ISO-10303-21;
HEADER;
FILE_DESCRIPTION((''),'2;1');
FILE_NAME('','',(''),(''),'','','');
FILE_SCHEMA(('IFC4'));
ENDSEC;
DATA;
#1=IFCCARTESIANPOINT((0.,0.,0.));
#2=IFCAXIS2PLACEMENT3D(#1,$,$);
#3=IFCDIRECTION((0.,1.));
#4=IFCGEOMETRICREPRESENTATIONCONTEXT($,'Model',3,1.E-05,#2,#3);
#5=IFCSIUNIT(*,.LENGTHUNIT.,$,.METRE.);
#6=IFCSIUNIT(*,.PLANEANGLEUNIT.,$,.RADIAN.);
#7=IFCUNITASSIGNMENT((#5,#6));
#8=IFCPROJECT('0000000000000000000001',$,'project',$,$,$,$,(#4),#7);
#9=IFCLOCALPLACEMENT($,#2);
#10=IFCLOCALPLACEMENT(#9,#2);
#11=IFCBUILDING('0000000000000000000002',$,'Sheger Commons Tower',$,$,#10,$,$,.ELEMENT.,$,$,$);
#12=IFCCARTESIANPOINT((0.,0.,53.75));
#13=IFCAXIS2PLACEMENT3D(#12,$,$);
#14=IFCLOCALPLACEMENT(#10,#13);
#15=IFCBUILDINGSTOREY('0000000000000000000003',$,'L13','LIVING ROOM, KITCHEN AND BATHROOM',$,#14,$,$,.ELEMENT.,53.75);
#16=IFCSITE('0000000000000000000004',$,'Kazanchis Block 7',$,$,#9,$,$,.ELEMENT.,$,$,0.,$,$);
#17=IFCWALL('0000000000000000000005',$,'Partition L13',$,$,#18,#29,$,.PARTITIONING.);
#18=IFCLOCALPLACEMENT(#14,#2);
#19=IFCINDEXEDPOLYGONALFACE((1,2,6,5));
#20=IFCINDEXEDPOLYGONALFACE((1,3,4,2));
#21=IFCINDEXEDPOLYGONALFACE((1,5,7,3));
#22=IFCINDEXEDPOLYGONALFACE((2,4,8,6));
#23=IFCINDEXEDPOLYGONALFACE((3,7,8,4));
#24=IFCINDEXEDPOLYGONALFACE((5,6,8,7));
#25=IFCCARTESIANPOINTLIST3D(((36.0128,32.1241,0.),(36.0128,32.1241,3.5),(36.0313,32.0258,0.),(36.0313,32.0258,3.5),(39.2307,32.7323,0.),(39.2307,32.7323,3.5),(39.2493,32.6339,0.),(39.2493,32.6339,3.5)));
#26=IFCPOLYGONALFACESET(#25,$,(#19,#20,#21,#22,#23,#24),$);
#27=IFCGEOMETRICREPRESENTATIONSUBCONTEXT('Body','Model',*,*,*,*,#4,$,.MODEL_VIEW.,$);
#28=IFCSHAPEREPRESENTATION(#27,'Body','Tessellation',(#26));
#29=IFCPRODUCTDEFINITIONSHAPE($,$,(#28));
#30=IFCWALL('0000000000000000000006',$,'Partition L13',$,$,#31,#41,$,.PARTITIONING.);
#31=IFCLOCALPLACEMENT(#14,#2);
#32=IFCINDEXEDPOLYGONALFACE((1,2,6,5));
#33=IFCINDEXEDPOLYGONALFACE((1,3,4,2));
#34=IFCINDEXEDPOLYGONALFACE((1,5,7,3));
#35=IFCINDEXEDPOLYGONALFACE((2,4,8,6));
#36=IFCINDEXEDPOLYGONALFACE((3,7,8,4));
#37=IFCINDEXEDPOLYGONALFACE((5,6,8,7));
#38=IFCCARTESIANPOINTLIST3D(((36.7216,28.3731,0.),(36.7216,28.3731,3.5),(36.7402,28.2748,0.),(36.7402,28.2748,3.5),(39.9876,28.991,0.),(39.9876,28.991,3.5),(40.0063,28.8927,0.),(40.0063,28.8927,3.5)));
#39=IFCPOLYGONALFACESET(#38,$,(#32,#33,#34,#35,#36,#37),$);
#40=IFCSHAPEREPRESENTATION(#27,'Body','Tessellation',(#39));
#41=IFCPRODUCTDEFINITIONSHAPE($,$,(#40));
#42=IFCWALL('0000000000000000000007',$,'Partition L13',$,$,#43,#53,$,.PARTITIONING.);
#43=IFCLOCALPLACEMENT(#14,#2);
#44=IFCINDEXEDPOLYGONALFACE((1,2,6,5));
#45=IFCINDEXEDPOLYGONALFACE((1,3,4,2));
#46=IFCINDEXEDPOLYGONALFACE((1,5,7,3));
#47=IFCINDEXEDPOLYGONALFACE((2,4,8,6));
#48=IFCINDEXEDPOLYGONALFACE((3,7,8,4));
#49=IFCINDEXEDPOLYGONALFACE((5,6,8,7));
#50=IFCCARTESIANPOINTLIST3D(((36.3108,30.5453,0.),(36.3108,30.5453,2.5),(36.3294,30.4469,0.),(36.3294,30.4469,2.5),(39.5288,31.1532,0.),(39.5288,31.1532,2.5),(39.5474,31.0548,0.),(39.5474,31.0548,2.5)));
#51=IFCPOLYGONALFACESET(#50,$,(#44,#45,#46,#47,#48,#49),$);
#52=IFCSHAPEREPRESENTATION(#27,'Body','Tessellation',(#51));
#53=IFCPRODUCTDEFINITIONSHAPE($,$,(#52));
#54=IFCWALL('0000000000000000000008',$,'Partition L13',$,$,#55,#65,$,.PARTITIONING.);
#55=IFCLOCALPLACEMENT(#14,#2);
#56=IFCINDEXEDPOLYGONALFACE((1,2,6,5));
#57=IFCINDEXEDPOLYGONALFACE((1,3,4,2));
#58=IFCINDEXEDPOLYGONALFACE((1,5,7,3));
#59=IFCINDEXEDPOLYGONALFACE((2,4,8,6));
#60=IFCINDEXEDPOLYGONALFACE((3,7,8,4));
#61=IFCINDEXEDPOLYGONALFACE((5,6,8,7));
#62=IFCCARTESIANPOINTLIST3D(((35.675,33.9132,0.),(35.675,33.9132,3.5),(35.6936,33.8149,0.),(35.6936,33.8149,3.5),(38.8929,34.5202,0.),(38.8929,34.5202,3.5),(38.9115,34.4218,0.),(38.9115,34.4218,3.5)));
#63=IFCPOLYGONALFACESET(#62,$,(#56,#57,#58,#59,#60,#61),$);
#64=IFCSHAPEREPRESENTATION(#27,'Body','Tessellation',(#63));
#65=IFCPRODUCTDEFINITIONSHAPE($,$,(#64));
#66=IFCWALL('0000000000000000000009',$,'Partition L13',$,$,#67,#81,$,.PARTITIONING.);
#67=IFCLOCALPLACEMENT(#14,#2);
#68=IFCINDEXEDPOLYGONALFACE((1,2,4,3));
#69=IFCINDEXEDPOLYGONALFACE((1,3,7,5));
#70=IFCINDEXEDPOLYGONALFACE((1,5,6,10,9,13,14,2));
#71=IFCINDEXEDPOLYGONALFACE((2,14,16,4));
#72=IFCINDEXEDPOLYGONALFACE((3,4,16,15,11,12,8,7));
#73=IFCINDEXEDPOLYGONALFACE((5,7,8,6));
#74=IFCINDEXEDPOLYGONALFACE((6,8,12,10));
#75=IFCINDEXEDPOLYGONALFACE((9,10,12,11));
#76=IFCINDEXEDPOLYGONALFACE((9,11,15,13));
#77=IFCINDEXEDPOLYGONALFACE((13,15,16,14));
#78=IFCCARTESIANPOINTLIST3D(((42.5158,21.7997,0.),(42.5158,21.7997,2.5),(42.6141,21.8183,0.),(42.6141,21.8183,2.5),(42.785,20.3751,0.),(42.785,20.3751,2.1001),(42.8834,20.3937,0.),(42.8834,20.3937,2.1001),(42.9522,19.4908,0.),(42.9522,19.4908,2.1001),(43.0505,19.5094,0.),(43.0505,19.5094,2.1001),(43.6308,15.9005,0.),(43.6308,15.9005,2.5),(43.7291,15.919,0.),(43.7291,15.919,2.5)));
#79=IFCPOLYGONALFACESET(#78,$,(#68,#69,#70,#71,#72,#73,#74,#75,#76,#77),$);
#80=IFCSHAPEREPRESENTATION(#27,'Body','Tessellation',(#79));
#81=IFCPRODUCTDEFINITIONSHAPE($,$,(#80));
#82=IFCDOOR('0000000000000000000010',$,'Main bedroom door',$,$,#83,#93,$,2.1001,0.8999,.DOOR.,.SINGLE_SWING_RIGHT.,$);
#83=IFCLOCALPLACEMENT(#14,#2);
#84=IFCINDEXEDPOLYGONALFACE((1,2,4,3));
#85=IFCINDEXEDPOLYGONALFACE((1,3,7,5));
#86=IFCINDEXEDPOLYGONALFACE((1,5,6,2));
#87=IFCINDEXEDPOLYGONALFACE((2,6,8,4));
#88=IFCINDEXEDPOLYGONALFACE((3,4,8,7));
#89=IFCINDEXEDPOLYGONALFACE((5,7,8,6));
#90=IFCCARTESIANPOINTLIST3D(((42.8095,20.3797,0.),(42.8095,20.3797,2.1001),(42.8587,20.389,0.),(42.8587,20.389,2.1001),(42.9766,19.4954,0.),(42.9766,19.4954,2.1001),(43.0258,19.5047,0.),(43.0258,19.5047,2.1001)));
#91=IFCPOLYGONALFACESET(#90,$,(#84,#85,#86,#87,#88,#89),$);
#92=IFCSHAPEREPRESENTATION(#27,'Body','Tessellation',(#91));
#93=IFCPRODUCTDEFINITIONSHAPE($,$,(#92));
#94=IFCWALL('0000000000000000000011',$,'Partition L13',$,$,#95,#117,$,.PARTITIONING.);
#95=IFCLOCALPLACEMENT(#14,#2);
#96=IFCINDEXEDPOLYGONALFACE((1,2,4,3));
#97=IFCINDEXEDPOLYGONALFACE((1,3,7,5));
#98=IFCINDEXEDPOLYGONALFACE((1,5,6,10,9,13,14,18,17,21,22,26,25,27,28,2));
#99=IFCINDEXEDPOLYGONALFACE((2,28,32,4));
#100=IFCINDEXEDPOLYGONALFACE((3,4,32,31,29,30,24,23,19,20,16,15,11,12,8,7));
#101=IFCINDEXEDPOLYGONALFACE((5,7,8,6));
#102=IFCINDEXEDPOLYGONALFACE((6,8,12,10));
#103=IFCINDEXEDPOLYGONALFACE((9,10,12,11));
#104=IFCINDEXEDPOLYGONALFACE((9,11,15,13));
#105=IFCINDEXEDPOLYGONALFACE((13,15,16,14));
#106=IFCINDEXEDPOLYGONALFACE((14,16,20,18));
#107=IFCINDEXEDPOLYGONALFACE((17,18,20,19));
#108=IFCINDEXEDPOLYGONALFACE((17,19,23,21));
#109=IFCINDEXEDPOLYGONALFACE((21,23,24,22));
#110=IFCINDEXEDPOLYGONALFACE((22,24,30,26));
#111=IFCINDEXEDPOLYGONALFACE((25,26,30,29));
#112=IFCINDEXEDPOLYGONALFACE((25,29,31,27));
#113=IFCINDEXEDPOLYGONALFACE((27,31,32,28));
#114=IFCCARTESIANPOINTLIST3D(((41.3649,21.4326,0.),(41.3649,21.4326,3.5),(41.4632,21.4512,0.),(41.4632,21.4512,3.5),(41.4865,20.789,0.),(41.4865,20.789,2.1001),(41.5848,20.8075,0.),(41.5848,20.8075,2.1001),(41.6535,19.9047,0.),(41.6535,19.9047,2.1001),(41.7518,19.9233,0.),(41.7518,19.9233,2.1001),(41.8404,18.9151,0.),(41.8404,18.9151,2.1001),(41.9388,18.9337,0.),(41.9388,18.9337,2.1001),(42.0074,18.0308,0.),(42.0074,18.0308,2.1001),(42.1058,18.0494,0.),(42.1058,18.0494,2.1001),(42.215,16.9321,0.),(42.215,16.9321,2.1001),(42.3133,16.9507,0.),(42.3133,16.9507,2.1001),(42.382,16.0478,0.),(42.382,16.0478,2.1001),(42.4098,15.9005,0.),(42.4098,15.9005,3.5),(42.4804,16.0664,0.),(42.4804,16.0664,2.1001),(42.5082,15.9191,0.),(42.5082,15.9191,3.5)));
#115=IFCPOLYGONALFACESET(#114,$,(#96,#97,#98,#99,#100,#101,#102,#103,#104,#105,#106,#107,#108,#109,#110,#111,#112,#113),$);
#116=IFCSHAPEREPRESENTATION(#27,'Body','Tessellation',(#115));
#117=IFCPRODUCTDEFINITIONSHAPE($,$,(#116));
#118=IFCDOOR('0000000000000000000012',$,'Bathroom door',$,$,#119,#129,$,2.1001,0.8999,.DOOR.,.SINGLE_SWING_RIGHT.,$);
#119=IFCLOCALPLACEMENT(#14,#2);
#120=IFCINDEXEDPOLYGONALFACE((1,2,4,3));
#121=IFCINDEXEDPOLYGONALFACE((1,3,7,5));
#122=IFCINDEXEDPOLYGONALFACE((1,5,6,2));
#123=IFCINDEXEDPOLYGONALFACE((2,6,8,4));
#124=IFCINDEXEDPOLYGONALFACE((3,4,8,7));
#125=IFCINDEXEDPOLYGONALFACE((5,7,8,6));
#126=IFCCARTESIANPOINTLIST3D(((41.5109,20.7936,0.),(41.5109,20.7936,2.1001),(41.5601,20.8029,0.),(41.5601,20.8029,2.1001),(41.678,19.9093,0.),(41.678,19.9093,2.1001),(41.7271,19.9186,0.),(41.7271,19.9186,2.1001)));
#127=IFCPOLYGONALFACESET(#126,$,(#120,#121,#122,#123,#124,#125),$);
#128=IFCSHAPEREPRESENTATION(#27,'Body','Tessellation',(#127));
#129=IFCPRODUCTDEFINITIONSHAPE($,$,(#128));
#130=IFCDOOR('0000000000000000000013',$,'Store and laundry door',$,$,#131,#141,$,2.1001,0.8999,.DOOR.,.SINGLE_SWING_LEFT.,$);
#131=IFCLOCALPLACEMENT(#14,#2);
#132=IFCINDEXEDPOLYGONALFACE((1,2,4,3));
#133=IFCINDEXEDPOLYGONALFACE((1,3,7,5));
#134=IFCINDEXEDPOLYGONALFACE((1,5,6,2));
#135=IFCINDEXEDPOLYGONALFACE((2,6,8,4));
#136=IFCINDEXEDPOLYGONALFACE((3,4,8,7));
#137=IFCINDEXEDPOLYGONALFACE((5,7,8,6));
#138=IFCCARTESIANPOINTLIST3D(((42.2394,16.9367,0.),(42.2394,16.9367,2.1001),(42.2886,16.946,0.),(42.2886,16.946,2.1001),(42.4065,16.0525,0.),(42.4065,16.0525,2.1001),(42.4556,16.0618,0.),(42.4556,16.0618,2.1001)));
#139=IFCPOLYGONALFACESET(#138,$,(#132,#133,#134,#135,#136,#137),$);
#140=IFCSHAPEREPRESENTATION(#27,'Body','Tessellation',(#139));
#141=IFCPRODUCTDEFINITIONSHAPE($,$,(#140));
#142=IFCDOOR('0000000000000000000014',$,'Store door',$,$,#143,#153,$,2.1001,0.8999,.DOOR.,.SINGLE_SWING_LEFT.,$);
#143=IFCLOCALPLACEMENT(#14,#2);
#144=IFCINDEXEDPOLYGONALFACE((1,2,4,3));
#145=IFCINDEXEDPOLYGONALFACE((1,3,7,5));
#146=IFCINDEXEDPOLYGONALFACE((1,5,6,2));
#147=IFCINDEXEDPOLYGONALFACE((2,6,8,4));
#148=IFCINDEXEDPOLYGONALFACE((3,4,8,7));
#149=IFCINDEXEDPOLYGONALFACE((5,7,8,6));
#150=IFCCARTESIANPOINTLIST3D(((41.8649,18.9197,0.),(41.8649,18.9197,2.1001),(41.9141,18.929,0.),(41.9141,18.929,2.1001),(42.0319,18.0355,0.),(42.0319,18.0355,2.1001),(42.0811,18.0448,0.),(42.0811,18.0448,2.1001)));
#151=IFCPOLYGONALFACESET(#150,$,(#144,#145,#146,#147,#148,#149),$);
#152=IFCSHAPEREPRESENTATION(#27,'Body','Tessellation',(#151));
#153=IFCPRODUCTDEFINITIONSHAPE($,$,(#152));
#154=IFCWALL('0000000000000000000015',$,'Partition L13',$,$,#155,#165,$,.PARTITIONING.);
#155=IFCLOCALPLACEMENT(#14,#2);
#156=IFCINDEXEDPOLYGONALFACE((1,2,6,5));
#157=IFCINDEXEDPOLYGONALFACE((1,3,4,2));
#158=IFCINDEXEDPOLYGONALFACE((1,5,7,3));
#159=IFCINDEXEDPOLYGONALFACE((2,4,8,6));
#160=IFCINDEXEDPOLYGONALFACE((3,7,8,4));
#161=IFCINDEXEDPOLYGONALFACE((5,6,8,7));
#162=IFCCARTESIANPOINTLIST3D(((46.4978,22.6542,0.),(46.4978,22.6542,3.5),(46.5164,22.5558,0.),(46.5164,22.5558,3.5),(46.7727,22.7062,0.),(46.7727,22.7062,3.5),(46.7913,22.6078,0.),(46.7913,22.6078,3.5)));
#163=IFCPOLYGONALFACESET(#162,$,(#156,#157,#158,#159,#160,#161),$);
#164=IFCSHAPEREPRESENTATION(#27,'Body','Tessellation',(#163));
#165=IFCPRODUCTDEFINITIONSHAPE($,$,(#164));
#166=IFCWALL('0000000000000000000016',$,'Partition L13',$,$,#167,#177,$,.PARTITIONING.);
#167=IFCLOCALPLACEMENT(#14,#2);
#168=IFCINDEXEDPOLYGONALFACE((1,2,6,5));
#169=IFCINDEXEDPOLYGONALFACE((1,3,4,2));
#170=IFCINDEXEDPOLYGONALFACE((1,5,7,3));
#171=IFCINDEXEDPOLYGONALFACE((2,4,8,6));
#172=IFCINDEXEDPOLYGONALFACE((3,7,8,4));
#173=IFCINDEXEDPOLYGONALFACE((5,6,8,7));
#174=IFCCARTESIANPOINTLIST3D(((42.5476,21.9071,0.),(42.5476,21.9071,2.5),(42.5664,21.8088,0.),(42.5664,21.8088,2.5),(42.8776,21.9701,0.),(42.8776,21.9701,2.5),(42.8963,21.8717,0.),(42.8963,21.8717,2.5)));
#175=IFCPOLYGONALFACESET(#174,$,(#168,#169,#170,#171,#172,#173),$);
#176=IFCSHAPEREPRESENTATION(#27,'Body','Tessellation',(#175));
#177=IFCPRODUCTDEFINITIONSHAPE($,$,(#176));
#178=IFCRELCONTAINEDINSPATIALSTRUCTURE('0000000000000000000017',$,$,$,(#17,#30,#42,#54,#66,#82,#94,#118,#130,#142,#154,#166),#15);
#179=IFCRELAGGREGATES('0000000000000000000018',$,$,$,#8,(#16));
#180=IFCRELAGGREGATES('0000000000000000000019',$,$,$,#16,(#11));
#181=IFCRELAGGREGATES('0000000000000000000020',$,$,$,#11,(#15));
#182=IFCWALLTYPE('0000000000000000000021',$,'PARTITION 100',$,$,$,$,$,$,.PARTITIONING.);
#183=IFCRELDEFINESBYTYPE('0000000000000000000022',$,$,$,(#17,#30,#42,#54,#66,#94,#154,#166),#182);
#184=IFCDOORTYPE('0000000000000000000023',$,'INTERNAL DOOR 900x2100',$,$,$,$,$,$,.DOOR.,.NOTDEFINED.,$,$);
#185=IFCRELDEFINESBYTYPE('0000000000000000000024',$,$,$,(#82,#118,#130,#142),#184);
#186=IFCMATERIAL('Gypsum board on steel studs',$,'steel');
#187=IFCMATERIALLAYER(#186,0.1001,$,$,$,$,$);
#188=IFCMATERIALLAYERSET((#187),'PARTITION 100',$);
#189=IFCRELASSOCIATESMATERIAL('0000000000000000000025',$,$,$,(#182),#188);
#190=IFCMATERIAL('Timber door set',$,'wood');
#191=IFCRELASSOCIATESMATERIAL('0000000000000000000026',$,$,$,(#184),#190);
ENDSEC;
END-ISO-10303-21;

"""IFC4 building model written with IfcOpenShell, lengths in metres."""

from ifc_helpers import new_model, si_unit, direction, frame, frame_2d, origin, place, context, subcontext, project, spatial, rectangle, extrude, material, layer, layer_set, type_object, element, fill, save


model = new_model("IFC4")

# Units and contexts
model_context = context("Model", 3, precision=1e-05, world=origin(), true_north=direction((0.0, 1.0)))
body_context = subcontext(model_context, "Body", "Model", "MODEL_VIEW")
ifc_project = project(units=[si_unit("LENGTHUNIT", "METRE"), si_unit("PLANEANGLEUNIT", "RADIAN")], contexts=[model_context])

# Site, building, storey
site_placement = place(None, origin())
site = spatial("IfcSite", under=ifc_project, at=site_placement, Name="Kazanchis Block 7", CompositionType="ELEMENT", RefElevation=0.0)
building_placement = place(site_placement, origin())
building = spatial("IfcBuilding", under=site, at=building_placement, Name="Sheger Commons Tower", CompositionType="ELEMENT")
storey_placement = place(building_placement, frame((0.0, 0.0, 53.75)))
storey = spatial("IfcBuildingStorey", under=building, at=storey_placement, Name="L13", Description="LIVING ROOM, KITCHEN AND BATHROOM", CompositionType="ELEMENT", Elevation=53.75)

# Walls
ifc_material_1 = material(Name="Gypsum board on steel studs", Category="steel")
ifc_layer_1 = layer(ifc_material_1, 0.1001)
ifc_layer_set_1 = layer_set([ifc_layer_1], Name="PARTITION 100")
wall_type_1 = type_object("IfcWallType", Name="PARTITION 100", PredefinedType="PARTITIONING", material=ifc_layer_set_1)
wall_1_placement = place(storey_placement, frame((39.24, 32.6831, 0.0), z_axis=(0.0, 0.0, 1.0), x_axis=(-0.982607, -0.185697, 0.0)))
element("IfcWall", 1, at=wall_1_placement, inside=storey, type_object=wall_type_1, Name="Partition L13", PredefinedType="PARTITIONING", context=body_context, shape_type="SweptSolid", body=[
    extrude(rectangle(XDim=3.2749, YDim=0.1001, at=frame_2d((1.6375, 0.0))), origin(), (0.0, 0.0, 1.0), 3.5),
])
wall_2_placement = place(storey_placement, frame((39.9971, 28.9419, 0.0), z_axis=(0.0, 0.0, 1.0), x_axis=(-0.98257, -0.185894, 0.0)))
element("IfcWall", 2, at=wall_2_placement, inside=storey, type_object=wall_type_1, Name="Partition L13", PredefinedType="PARTITIONING", context=body_context, shape_type="SweptSolid", body=[
    extrude(rectangle(XDim=3.324, YDim=0.1001, at=frame_2d((1.6621, 0.0))), origin(), (0.0, 0.0, 1.0), 3.5),
])
wall_3_placement = place(storey_placement, frame((39.5381, 31.104, 0.0), z_axis=(0.0, 0.0, 1.0), x_axis=(-0.982621, -0.185625, 0.0)))
element("IfcWall", 3, at=wall_3_placement, inside=storey, type_object=wall_type_1, Name="Partition L13", PredefinedType="PARTITIONING", context=body_context, shape_type="SweptSolid", body=[
    extrude(rectangle(XDim=3.2749, YDim=0.1001, at=frame_2d((1.6375, 0.0))), origin(), (0.0, 0.0, 1.0), 2.5),
])
wall_4_placement = place(storey_placement, frame((38.9021, 34.4709, 0.0), z_axis=(0.0, 0.0, 1.0), x_axis=(-0.982675, -0.185337, 0.0)))
element("IfcWall", 4, at=wall_4_placement, inside=storey, type_object=wall_type_1, Name="Partition L13", PredefinedType="PARTITIONING", context=body_context, shape_type="SweptSolid", body=[
    extrude(rectangle(XDim=3.2747, YDim=0.1001, at=frame_2d((1.6372, 0.0))), origin(), (0.0, 0.0, 1.0), 3.5),
])

# Wall, opening, door
wall_5_placement = place(storey_placement, frame((42.5649, 21.8091, 0.0), z_axis=(0.0, 0.0, 1.0), x_axis=(0.18572, -0.982603, 0.0)))
wall_5 = element("IfcWall", 5, at=wall_5_placement, inside=storey, type_object=wall_type_1, Name="Partition L13", PredefinedType="PARTITIONING", context=body_context, shape_type="SweptSolid", body=[
    extrude(rectangle(XDim=6.0037, YDim=0.1001, at=frame_2d((3.002, 0.0))), origin(), (0.0, 0.0, 1.0), 2.5),
])
opening_1_placement = place(wall_5_placement, frame((1.45, 0.0, 0.0)))
opening_1 = element("IfcOpeningElement", 6, at=opening_1_placement, cuts=wall_5, PredefinedType="OPENING", context=body_context, shape_type="SweptSolid", body=[
    extrude(rectangle(XDim=0.8999, YDim=2.1001, at=frame_2d((0.45, 1.05))), frame((0.0, 0.0601, 0.0), z_axis=(0.0, -1.0, 0.0), x_axis=(1.0, 0.0, 0.0)), (0.0, 0.0, 1.0), 0.1201),
])
ifc_material_2 = material(Name="Timber door set", Category="wood")
door_type = type_object("IfcDoorType", Name="INTERNAL DOOR 900x2100", OperationType="NOTDEFINED", PredefinedType="DOOR", material=ifc_material_2)
door_1_placement = place(opening_1_placement, origin())
door_1 = element("IfcDoor", 7, at=door_1_placement, inside=storey, type_object=door_type, Name="Main bedroom door", OperationType="SINGLE_SWING_RIGHT", OverallHeight=2.1001, OverallWidth=0.8999, PredefinedType="DOOR", context=body_context, shape_type="SweptSolid", body=[
    extrude(rectangle(XDim=0.8999, YDim=2.1001, at=frame_2d((0.45, 1.05))), frame((0.0, 0.0249, 0.0), z_axis=(0.0, -1.0, 0.0), x_axis=(1.0, 0.0, 0.0)), (0.0, 0.0, 1.0), 0.05),
])
fill(opening_1, door_1)

# Wall, openings, doors
wall_6_placement = place(storey_placement, frame((41.4141, 21.4419, 0.0), z_axis=(0.0, 0.0, 1.0), x_axis=(0.185605, -0.982624, 0.0)))
wall_6 = element("IfcWall", 8, at=wall_6_placement, inside=storey, type_object=wall_type_1, Name="Partition L13", PredefinedType="PARTITIONING", context=body_context, shape_type="SweptSolid", body=[
    extrude(rectangle(XDim=5.6299, YDim=0.1001, at=frame_2d((2.8149, 0.0))), origin(), (0.0, 0.0, 1.0), 3.5),
])
opening_2_placement = place(wall_6_placement, frame((0.655, 0.0, 0.0)))
opening_2 = element("IfcOpeningElement", 9, at=opening_2_placement, cuts=wall_6, PredefinedType="OPENING", context=body_context, shape_type="SweptSolid", body=[
    extrude(rectangle(XDim=0.8999, YDim=2.1001, at=frame_2d((0.45, 1.05))), frame((0.0, 0.0601, 0.0), z_axis=(0.0, -1.0, 0.0), x_axis=(1.0, 0.0, 0.0)), (0.0, 0.0, 1.0), 0.1201),
])
opening_3_placement = place(wall_6_placement, frame((4.5801, 0.0, 0.0)))
opening_3 = element("IfcOpeningElement", 10, at=opening_3_placement, cuts=wall_6, PredefinedType="OPENING", context=body_context, shape_type="SweptSolid", body=[
    extrude(rectangle(XDim=0.8999, YDim=2.1001, at=frame_2d((0.45, 1.05))), frame((0.0, 0.0601, 0.0), z_axis=(0.0, -1.0, 0.0), x_axis=(1.0, 0.0, 0.0)), (0.0, 0.0, 1.0), 0.1201),
])
opening_4_placement = place(wall_6_placement, frame((2.562, 0.0, 0.0)))
opening_4 = element("IfcOpeningElement", 11, at=opening_4_placement, cuts=wall_6, PredefinedType="OPENING", context=body_context, shape_type="SweptSolid", body=[
    extrude(rectangle(XDim=0.8999, YDim=2.1001, at=frame_2d((0.45, 1.05))), frame((0.0, 0.0601, 0.0), z_axis=(0.0, -1.0, 0.0), x_axis=(1.0, 0.0, 0.0)), (0.0, 0.0, 1.0), 0.1201),
])
door_2_placement = place(opening_2_placement, origin())
door_2 = element("IfcDoor", 12, at=door_2_placement, inside=storey, type_object=door_type, Name="Bathroom door", OperationType="SINGLE_SWING_RIGHT", OverallHeight=2.1001, OverallWidth=0.8999, PredefinedType="DOOR", context=body_context, shape_type="SweptSolid", body=[
    extrude(rectangle(XDim=0.8999, YDim=2.1001, at=frame_2d((0.45, 1.05))), frame((0.0, 0.0249, 0.0), z_axis=(0.0, -1.0, 0.0), x_axis=(1.0, 0.0, 0.0)), (0.0, 0.0, 1.0), 0.05),
])
fill(opening_2, door_2)
door_3_placement = place(opening_3_placement, origin())
door_3 = element("IfcDoor", 13, at=door_3_placement, inside=storey, type_object=door_type, Name="Store and laundry door", OperationType="SINGLE_SWING_LEFT", OverallHeight=2.1001, OverallWidth=0.8999, PredefinedType="DOOR", context=body_context, shape_type="SweptSolid", body=[
    extrude(rectangle(XDim=0.8999, YDim=2.1001, at=frame_2d((0.45, 1.05))), frame((0.0, 0.0249, 0.0), z_axis=(0.0, -1.0, 0.0), x_axis=(1.0, 0.0, 0.0)), (0.0, 0.0, 1.0), 0.05),
])
fill(opening_3, door_3)
door_4_placement = place(opening_4_placement, origin())
door_4 = element("IfcDoor", 14, at=door_4_placement, inside=storey, type_object=door_type, Name="Store door", OperationType="SINGLE_SWING_LEFT", OverallHeight=2.1001, OverallWidth=0.8999, PredefinedType="DOOR", context=body_context, shape_type="SweptSolid", body=[
    extrude(rectangle(XDim=0.8999, YDim=2.1001, at=frame_2d((0.45, 1.05))), frame((0.0, 0.0249, 0.0), z_axis=(0.0, -1.0, 0.0), x_axis=(1.0, 0.0, 0.0)), (0.0, 0.0, 1.0), 0.05),
])
fill(opening_4, door_4)

# Walls
wall_7_placement = place(storey_placement, frame((46.782, 22.657, 0.0), z_axis=(0.0, 0.0, 1.0), x_axis=(-0.982575, -0.185869, 0.0)))
element("IfcWall", 15, at=wall_7_placement, inside=storey, type_object=wall_type_1, Name="Partition L13", PredefinedType="PARTITIONING", context=body_context, shape_type="SweptSolid", body=[
    extrude(rectangle(XDim=0.2798, YDim=0.1001, at=frame_2d((0.1399, 0.0))), origin(), (0.0, 0.0, 1.0), 3.5),
])
wall_8_placement = place(storey_placement, frame((42.887, 21.9209, 0.0), z_axis=(0.0, 0.0, 1.0), x_axis=(-0.982275, -0.187446, 0.0)))
element("IfcWall", 16, at=wall_8_placement, inside=storey, type_object=wall_type_1, Name="Partition L13", PredefinedType="PARTITIONING", context=body_context, shape_type="SweptSolid", body=[
    extrude(rectangle(XDim=0.3359, YDim=0.1001, at=frame_2d((0.168, 0.0))), origin(), (0.0, 0.0, 1.0), 2.5),
])

save(model, "model.ifc")
